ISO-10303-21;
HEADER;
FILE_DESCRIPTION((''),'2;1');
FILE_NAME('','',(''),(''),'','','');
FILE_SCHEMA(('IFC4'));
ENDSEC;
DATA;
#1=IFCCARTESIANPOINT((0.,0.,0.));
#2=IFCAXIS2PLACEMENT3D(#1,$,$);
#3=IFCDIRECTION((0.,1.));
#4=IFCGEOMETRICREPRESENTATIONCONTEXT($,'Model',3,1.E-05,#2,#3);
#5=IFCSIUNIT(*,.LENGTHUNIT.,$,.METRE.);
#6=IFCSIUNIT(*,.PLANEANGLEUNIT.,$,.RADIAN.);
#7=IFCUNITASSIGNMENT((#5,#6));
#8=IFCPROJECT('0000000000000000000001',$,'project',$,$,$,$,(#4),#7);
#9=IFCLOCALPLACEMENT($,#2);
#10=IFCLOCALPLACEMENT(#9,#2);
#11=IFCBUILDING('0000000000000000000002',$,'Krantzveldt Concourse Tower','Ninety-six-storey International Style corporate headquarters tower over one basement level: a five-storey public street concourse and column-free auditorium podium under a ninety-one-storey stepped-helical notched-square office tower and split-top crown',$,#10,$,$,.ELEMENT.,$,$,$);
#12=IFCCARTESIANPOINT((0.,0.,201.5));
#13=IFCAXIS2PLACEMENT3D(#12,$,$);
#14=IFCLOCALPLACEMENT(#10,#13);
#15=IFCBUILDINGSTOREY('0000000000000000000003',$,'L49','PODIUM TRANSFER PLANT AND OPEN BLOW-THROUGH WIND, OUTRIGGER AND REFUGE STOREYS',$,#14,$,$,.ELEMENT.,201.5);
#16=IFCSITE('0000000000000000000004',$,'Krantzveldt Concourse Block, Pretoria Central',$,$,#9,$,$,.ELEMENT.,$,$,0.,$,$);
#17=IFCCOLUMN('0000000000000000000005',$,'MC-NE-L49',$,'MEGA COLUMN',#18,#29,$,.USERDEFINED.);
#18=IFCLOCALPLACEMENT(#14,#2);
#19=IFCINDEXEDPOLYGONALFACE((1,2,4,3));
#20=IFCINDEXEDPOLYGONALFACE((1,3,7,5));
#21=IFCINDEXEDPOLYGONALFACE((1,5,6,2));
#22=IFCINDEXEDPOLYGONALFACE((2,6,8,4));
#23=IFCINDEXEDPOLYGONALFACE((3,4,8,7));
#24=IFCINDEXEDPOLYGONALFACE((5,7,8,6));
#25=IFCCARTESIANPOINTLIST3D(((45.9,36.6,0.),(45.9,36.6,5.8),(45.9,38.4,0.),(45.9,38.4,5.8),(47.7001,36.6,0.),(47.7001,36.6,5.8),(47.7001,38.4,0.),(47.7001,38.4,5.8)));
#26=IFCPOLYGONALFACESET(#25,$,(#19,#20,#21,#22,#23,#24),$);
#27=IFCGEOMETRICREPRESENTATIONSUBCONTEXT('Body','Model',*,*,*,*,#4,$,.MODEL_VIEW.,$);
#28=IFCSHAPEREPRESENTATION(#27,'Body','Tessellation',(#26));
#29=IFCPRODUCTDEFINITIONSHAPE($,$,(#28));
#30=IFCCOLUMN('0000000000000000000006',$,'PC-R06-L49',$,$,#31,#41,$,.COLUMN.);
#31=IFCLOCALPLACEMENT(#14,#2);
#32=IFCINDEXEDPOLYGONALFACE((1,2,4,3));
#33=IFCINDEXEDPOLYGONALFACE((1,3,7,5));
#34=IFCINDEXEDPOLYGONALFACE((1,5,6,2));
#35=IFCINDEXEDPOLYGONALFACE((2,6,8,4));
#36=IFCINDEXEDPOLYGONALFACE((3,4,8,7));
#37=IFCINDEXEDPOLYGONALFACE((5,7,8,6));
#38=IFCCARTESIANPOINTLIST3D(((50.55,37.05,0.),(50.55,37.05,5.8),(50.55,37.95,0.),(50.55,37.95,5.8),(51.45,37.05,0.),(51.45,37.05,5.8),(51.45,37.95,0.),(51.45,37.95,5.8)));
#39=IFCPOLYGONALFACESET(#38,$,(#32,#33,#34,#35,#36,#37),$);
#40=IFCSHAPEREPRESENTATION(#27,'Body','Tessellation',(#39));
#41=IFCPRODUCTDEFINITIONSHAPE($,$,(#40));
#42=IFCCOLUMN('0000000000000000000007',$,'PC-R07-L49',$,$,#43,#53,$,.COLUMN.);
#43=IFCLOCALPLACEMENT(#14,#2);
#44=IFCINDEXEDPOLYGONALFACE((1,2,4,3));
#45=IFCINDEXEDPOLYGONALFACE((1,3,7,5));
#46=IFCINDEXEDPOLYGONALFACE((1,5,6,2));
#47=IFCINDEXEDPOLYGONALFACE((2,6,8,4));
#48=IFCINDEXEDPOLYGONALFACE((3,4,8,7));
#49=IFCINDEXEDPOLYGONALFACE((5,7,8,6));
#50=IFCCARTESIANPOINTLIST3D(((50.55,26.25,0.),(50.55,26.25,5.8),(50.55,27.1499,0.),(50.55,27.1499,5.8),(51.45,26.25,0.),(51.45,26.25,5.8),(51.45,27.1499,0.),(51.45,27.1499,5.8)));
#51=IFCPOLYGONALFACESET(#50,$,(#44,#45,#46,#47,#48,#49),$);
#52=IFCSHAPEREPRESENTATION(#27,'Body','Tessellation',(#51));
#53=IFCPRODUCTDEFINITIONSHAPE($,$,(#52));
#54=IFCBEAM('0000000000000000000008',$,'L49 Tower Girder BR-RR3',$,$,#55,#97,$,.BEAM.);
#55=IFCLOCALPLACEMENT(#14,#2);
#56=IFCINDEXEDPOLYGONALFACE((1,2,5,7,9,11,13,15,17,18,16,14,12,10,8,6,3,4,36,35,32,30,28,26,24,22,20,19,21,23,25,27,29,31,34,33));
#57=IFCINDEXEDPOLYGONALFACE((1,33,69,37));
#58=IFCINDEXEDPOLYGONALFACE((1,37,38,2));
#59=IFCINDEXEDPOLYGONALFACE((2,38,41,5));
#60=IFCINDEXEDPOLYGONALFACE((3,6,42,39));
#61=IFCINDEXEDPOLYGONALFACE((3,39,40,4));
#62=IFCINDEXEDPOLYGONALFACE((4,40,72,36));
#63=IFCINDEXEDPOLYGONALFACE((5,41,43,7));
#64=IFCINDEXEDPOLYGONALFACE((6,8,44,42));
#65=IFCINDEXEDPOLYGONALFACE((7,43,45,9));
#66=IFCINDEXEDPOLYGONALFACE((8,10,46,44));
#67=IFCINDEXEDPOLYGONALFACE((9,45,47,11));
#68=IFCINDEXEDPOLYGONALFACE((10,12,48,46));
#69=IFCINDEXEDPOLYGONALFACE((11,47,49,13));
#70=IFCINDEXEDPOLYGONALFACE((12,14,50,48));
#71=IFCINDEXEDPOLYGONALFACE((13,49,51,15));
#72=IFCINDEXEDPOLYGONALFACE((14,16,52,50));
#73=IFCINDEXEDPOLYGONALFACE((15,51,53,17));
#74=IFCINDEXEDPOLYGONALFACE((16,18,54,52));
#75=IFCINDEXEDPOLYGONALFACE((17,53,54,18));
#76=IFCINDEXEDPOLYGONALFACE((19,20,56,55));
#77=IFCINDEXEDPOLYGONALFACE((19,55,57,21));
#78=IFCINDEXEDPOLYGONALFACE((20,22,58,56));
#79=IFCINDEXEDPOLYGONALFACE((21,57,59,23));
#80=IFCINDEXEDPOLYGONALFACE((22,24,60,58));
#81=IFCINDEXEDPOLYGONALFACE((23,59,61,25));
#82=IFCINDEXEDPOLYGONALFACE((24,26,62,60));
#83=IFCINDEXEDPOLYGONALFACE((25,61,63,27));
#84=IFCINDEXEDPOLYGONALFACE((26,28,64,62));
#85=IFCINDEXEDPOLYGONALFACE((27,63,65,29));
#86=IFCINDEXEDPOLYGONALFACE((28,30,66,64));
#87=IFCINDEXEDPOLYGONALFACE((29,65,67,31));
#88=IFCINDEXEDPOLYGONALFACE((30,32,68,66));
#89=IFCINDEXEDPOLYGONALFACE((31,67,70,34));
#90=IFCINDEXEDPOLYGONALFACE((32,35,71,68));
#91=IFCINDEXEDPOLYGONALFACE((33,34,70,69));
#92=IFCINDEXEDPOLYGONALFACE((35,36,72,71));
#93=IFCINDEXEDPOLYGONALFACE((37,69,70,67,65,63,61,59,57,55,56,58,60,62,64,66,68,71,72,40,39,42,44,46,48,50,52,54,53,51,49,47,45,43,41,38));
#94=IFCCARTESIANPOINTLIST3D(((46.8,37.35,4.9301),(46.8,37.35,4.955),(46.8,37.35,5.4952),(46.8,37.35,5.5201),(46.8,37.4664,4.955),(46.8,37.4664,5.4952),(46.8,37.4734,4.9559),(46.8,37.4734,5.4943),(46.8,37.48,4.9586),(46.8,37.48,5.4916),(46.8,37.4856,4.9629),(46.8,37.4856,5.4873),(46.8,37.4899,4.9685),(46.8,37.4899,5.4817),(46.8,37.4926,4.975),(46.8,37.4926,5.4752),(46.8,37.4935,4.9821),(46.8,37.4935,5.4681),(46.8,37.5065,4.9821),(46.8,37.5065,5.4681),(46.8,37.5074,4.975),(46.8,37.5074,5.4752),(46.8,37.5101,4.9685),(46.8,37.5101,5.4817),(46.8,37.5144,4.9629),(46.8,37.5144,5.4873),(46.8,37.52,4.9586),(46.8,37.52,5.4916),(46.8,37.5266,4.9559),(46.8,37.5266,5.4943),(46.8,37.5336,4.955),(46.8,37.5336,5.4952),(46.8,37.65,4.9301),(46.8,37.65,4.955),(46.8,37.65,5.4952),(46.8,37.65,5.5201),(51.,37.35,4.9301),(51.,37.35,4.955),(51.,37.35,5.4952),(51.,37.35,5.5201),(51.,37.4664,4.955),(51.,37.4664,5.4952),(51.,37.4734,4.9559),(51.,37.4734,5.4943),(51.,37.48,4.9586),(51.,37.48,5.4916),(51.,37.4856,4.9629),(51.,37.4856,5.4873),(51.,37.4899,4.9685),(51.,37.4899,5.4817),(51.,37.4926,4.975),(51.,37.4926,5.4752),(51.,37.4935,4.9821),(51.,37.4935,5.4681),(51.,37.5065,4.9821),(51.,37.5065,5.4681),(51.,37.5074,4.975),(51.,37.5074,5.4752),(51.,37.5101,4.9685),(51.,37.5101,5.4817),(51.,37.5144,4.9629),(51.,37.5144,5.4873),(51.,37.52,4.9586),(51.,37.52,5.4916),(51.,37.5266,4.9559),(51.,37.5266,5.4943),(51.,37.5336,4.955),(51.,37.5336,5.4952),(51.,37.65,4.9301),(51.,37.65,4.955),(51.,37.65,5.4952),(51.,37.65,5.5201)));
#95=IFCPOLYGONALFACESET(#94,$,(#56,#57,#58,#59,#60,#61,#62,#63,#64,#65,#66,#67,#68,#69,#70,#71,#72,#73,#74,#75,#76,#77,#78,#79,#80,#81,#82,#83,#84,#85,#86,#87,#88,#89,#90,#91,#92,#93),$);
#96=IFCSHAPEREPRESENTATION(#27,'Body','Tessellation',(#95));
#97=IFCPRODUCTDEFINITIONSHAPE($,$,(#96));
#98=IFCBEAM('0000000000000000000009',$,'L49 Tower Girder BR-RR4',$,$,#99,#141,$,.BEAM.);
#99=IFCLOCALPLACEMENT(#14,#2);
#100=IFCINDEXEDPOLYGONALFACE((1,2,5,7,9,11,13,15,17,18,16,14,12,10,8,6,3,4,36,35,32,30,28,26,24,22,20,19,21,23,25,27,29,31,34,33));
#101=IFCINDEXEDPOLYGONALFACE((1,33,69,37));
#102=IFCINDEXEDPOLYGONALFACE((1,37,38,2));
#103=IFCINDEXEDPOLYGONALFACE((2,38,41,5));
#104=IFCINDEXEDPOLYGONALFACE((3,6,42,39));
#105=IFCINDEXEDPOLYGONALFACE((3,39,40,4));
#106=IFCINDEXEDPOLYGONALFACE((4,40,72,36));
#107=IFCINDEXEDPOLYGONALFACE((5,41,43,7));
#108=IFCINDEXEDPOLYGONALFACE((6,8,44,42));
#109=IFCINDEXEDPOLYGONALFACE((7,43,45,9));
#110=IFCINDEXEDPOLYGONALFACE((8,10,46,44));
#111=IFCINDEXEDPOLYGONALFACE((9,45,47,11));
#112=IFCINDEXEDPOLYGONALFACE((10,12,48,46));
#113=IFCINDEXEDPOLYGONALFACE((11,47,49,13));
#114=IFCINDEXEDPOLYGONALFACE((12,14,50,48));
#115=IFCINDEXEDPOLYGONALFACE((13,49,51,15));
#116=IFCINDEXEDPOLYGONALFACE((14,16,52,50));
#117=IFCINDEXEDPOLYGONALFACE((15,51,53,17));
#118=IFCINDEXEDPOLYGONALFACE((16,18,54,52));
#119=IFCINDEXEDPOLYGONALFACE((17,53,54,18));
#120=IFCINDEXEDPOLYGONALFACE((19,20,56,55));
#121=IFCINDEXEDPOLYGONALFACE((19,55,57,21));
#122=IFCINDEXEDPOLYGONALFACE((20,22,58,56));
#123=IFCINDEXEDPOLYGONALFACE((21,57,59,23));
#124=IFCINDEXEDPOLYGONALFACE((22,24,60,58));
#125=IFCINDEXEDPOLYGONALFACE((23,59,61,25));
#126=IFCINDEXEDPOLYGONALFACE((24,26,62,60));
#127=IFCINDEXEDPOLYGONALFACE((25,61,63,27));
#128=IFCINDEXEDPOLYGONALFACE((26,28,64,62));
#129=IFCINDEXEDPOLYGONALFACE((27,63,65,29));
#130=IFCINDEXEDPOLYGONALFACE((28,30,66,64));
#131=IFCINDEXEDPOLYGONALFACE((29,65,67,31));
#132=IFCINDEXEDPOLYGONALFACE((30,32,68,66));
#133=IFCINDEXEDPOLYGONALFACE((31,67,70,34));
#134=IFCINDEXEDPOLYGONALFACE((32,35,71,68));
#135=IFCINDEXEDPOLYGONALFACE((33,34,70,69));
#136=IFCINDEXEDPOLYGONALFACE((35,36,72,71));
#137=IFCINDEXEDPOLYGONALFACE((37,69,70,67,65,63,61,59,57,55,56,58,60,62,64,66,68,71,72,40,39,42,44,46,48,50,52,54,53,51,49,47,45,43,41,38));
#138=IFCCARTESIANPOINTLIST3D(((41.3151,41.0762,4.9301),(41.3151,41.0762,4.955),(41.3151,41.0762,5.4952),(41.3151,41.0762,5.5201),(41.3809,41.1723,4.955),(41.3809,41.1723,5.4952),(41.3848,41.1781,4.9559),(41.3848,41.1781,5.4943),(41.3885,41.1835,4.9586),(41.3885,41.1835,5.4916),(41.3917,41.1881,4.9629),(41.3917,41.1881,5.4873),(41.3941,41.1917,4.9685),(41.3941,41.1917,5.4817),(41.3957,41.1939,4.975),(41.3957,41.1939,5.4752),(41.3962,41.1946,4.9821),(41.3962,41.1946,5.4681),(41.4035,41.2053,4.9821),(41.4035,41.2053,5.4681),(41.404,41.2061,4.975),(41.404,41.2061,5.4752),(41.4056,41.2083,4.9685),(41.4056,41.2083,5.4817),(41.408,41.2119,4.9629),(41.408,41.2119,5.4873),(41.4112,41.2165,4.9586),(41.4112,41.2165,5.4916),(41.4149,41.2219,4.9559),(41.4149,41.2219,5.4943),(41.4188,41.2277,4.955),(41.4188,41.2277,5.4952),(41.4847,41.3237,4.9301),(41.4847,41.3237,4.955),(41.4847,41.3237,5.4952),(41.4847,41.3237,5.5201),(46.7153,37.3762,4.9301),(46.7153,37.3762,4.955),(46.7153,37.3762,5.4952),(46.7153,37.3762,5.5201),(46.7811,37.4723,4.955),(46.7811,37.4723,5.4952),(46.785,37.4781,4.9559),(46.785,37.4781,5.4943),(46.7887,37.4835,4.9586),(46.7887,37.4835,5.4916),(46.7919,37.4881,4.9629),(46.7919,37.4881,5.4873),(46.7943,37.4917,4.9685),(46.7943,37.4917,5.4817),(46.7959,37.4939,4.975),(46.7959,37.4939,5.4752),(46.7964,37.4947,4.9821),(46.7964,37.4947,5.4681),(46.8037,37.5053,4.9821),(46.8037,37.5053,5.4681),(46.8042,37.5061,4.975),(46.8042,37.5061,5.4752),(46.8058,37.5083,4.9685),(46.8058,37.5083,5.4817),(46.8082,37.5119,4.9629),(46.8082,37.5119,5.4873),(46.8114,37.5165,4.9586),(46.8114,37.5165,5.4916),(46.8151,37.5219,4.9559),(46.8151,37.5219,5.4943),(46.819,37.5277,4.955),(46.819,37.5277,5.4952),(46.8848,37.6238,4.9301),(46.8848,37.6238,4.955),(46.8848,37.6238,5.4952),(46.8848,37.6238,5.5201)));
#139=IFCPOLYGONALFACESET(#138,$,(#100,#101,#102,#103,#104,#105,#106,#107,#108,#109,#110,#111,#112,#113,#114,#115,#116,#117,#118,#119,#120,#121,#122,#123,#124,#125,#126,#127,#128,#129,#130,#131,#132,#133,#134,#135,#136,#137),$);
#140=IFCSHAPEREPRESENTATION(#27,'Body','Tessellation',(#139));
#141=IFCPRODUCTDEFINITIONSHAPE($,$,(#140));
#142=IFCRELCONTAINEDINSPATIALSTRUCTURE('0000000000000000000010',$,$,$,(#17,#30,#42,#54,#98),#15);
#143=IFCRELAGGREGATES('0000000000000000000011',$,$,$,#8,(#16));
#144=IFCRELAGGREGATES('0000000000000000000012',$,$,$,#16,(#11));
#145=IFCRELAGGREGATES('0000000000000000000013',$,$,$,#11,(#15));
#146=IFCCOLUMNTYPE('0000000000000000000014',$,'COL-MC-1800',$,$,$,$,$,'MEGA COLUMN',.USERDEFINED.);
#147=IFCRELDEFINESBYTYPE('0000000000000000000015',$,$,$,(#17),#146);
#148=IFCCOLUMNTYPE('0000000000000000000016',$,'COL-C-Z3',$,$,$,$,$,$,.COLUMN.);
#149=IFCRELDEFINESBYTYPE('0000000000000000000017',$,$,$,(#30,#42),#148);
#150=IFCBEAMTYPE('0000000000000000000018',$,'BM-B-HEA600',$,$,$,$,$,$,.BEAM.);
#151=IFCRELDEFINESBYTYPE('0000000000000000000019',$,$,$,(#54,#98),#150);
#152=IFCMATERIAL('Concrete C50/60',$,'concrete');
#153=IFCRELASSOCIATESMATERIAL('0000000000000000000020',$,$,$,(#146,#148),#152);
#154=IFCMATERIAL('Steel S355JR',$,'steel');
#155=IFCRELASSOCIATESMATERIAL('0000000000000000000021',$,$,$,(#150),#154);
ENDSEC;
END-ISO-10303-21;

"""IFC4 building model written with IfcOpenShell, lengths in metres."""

from ifc_helpers import new_model, si_unit, direction, frame, origin, origin_2d, place, context, subcontext, project, spatial, rectangle, i_section, extrude, source, transform, mapped, material, material_profile, profile_set, type_object, type_shapes, element, save


model = new_model("IFC4")

# Units and contexts
model_context = context("Model", 3, precision=1e-05, world=origin(), true_north=direction((0.0, 1.0)))
body_context = subcontext(model_context, "Body", "Model", "MODEL_VIEW")
ifc_project = project(units=[si_unit("LENGTHUNIT", "METRE"), si_unit("PLANEANGLEUNIT", "RADIAN")], contexts=[model_context])

# Site, building, storey
site_placement = place(None, origin())
site = spatial("IfcSite", under=ifc_project, at=site_placement, Name="Krantzveldt Concourse Block, Pretoria Central", CompositionType="ELEMENT", RefElevation=0.0)
building_placement = place(site_placement, origin())
building = spatial("IfcBuilding", under=site, at=building_placement, Name="Krantzveldt Concourse Tower", Description="Ninety-six-storey International Style corporate headquarters tower over one basement level: a five-storey public street concourse and column-free auditorium podium under a ninety-one-storey stepped-helical notched-square office tower and split-top crown", CompositionType="ELEMENT")
storey_placement = place(building_placement, frame((0.0, 0.0, 201.5)))
storey = spatial("IfcBuildingStorey", under=building, at=storey_placement, Name="L49", Description="PODIUM TRANSFER PLANT AND OPEN BLOW-THROUGH WIND, OUTRIGGER AND REFUGE STOREYS", CompositionType="ELEMENT", Elevation=201.5)

# Columns
ifc_material_1 = material(Name="Concrete C50/60", Category="concrete")
ifc_material_profile_1 = material_profile(ifc_material_1, rectangle(XDim=1.8, YDim=1.8, at=origin_2d()), Name="Concrete C50/60", Category="concrete")
ifc_profile_set_1 = profile_set([ifc_material_profile_1], Name="Concrete C50/60 - RC 1800x1800")
column_type_1 = type_object("IfcColumnType", Name="COL-MC-1800", ElementType="MEGA COLUMN", PredefinedType="USERDEFINED", material=ifc_profile_set_1)
shared_shape_1 = source(origin(), body_context, "Body", "SweptSolid", [
    extrude(rectangle(XDim=1.8, YDim=1.8, at=origin_2d()), origin(), (0.0, 0.0, 1.0), 5.8),
])
type_shapes(column_type_1, [shared_shape_1])
column_placement = place(storey_placement, frame((46.8, 37.5, 0.0), z_axis=(0.0, 0.0, 1.0), x_axis=(1.0, 0.0, 0.0)))
element("IfcColumn", 1, at=column_placement, inside=storey, type_object=column_type_1, Name="MC-NE-L49", ObjectType="MEGA COLUMN", PredefinedType="USERDEFINED", context=body_context, shape_type="MappedRepresentation", body=[
    mapped(shared_shape_1, transform((0.0, 0.0, 0.0), x_axis=(1.0, 0.0, 0.0), y_axis=(0.0, 1.0, 0.0), z_axis=(0.0, 0.0, 1.0), scale=1.0)),
])
ifc_material_profile_2 = material_profile(ifc_material_1, rectangle(XDim=0.8999, YDim=0.8999, at=origin_2d()), Name="Concrete C50/60", Category="concrete")
ifc_profile_set_2 = profile_set([ifc_material_profile_2], Name="Concrete C50/60 - RC 900x900")
column_type_2 = type_object("IfcColumnType", Name="COL-C-Z3", PredefinedType="COLUMN", material=ifc_profile_set_2)
shared_shape_2 = source(origin(), body_context, "Body", "SweptSolid", [
    extrude(rectangle(XDim=0.8999, YDim=0.8999, at=origin_2d()), origin(), (0.0, 0.0, 1.0), 5.8),
])
type_shapes(column_type_2, [shared_shape_2])
for number, where, z_axis, x_axis, name in (
    (2, (51.0, 37.5, 0.0), (0.0, 0.0, 1.0), (1.0, 0.0, 0.0), "PC-R06-L49"),
    (3, (51.0, 26.7, 0.0), (0.0, 0.0, 1.0), (1.0, 0.0, 0.0), "PC-R07-L49"),
):
    element("IfcColumn", number, at=place(storey_placement, frame(where, z_axis=z_axis, x_axis=x_axis)), inside=storey, type_object=column_type_2, Name=name, PredefinedType="COLUMN", context=body_context, shape_type="MappedRepresentation", body=[
        mapped(shared_shape_2, transform((0.0, 0.0, 0.0), x_axis=(1.0, 0.0, 0.0), y_axis=(0.0, 1.0, 0.0), z_axis=(0.0, 0.0, 1.0), scale=1.0)),
    ])

# Beams
ifc_material_2 = material(Name="Steel S355JR", Category="steel")
ifc_material_profile_3 = material_profile(ifc_material_2, i_section(OverallWidth=0.3, OverallDepth=0.5901, WebThickness=0.0129, FlangeThickness=0.0249, FilletRadius=0.0271, at=origin_2d()), Name="Steel S355JR", Category="steel")
ifc_profile_set_3 = profile_set([ifc_material_profile_3], Name="Steel S355JR - HEA 600")
beam_type_1 = type_object("IfcBeamType", Name="BM-B-HEA600", PredefinedType="BEAM", material=ifc_profile_set_3)
shared_shape_3 = source(origin(), body_context, "Body", "SweptSolid", [
    extrude(i_section(OverallWidth=0.3, OverallDepth=0.5901, WebThickness=0.0129, FlangeThickness=0.0249, FilletRadius=0.0271, at=origin_2d()), origin(), (0.0, 0.0, 1.0), 4.2),
])
beam_1_placement = place(storey_placement, frame((46.8, 37.5, 5.2251), z_axis=(1.0, 0.0, 0.0), x_axis=(0.0, 1.0, 0.0)))
element("IfcBeam", 4, at=beam_1_placement, inside=storey, type_object=beam_type_1, Name="L49 Tower Girder BR-RR3", PredefinedType="BEAM", context=body_context, shape_type="MappedRepresentation", body=[
    mapped(shared_shape_3, transform((0.0, 0.0, 0.0), x_axis=(1.0, 0.0, 0.0), y_axis=(0.0, 1.0, 0.0), z_axis=(0.0, 0.0, 1.0), scale=1.0)),
])
shared_shape_4 = source(origin(), body_context, "Body", "SweptSolid", [
    extrude(i_section(OverallWidth=0.3, OverallDepth=0.5901, WebThickness=0.0129, FlangeThickness=0.0249, FilletRadius=0.0271, at=origin_2d()), origin(), (0.0, 0.0, 1.0), 6.5461),
])
type_shapes(beam_type_1, [shared_shape_3, shared_shape_4])
beam_2_placement = place(storey_placement, frame((46.8, 37.5, 5.2251), z_axis=(-0.824943, 0.565216, 0.0), x_axis=(-0.565216, -0.824943, 0.0)))
element("IfcBeam", 5, at=beam_2_placement, inside=storey, type_object=beam_type_1, Name="L49 Tower Girder BR-RR4", PredefinedType="BEAM", context=body_context, shape_type="MappedRepresentation", body=[
    mapped(shared_shape_4, transform((0.0, 0.0, 0.0), x_axis=(1.0, 0.0, 0.0), y_axis=(0.0, 1.0, 0.0), z_axis=(0.0, 0.0, 1.0), scale=1.0)),
])

save(model, "model.ifc")
